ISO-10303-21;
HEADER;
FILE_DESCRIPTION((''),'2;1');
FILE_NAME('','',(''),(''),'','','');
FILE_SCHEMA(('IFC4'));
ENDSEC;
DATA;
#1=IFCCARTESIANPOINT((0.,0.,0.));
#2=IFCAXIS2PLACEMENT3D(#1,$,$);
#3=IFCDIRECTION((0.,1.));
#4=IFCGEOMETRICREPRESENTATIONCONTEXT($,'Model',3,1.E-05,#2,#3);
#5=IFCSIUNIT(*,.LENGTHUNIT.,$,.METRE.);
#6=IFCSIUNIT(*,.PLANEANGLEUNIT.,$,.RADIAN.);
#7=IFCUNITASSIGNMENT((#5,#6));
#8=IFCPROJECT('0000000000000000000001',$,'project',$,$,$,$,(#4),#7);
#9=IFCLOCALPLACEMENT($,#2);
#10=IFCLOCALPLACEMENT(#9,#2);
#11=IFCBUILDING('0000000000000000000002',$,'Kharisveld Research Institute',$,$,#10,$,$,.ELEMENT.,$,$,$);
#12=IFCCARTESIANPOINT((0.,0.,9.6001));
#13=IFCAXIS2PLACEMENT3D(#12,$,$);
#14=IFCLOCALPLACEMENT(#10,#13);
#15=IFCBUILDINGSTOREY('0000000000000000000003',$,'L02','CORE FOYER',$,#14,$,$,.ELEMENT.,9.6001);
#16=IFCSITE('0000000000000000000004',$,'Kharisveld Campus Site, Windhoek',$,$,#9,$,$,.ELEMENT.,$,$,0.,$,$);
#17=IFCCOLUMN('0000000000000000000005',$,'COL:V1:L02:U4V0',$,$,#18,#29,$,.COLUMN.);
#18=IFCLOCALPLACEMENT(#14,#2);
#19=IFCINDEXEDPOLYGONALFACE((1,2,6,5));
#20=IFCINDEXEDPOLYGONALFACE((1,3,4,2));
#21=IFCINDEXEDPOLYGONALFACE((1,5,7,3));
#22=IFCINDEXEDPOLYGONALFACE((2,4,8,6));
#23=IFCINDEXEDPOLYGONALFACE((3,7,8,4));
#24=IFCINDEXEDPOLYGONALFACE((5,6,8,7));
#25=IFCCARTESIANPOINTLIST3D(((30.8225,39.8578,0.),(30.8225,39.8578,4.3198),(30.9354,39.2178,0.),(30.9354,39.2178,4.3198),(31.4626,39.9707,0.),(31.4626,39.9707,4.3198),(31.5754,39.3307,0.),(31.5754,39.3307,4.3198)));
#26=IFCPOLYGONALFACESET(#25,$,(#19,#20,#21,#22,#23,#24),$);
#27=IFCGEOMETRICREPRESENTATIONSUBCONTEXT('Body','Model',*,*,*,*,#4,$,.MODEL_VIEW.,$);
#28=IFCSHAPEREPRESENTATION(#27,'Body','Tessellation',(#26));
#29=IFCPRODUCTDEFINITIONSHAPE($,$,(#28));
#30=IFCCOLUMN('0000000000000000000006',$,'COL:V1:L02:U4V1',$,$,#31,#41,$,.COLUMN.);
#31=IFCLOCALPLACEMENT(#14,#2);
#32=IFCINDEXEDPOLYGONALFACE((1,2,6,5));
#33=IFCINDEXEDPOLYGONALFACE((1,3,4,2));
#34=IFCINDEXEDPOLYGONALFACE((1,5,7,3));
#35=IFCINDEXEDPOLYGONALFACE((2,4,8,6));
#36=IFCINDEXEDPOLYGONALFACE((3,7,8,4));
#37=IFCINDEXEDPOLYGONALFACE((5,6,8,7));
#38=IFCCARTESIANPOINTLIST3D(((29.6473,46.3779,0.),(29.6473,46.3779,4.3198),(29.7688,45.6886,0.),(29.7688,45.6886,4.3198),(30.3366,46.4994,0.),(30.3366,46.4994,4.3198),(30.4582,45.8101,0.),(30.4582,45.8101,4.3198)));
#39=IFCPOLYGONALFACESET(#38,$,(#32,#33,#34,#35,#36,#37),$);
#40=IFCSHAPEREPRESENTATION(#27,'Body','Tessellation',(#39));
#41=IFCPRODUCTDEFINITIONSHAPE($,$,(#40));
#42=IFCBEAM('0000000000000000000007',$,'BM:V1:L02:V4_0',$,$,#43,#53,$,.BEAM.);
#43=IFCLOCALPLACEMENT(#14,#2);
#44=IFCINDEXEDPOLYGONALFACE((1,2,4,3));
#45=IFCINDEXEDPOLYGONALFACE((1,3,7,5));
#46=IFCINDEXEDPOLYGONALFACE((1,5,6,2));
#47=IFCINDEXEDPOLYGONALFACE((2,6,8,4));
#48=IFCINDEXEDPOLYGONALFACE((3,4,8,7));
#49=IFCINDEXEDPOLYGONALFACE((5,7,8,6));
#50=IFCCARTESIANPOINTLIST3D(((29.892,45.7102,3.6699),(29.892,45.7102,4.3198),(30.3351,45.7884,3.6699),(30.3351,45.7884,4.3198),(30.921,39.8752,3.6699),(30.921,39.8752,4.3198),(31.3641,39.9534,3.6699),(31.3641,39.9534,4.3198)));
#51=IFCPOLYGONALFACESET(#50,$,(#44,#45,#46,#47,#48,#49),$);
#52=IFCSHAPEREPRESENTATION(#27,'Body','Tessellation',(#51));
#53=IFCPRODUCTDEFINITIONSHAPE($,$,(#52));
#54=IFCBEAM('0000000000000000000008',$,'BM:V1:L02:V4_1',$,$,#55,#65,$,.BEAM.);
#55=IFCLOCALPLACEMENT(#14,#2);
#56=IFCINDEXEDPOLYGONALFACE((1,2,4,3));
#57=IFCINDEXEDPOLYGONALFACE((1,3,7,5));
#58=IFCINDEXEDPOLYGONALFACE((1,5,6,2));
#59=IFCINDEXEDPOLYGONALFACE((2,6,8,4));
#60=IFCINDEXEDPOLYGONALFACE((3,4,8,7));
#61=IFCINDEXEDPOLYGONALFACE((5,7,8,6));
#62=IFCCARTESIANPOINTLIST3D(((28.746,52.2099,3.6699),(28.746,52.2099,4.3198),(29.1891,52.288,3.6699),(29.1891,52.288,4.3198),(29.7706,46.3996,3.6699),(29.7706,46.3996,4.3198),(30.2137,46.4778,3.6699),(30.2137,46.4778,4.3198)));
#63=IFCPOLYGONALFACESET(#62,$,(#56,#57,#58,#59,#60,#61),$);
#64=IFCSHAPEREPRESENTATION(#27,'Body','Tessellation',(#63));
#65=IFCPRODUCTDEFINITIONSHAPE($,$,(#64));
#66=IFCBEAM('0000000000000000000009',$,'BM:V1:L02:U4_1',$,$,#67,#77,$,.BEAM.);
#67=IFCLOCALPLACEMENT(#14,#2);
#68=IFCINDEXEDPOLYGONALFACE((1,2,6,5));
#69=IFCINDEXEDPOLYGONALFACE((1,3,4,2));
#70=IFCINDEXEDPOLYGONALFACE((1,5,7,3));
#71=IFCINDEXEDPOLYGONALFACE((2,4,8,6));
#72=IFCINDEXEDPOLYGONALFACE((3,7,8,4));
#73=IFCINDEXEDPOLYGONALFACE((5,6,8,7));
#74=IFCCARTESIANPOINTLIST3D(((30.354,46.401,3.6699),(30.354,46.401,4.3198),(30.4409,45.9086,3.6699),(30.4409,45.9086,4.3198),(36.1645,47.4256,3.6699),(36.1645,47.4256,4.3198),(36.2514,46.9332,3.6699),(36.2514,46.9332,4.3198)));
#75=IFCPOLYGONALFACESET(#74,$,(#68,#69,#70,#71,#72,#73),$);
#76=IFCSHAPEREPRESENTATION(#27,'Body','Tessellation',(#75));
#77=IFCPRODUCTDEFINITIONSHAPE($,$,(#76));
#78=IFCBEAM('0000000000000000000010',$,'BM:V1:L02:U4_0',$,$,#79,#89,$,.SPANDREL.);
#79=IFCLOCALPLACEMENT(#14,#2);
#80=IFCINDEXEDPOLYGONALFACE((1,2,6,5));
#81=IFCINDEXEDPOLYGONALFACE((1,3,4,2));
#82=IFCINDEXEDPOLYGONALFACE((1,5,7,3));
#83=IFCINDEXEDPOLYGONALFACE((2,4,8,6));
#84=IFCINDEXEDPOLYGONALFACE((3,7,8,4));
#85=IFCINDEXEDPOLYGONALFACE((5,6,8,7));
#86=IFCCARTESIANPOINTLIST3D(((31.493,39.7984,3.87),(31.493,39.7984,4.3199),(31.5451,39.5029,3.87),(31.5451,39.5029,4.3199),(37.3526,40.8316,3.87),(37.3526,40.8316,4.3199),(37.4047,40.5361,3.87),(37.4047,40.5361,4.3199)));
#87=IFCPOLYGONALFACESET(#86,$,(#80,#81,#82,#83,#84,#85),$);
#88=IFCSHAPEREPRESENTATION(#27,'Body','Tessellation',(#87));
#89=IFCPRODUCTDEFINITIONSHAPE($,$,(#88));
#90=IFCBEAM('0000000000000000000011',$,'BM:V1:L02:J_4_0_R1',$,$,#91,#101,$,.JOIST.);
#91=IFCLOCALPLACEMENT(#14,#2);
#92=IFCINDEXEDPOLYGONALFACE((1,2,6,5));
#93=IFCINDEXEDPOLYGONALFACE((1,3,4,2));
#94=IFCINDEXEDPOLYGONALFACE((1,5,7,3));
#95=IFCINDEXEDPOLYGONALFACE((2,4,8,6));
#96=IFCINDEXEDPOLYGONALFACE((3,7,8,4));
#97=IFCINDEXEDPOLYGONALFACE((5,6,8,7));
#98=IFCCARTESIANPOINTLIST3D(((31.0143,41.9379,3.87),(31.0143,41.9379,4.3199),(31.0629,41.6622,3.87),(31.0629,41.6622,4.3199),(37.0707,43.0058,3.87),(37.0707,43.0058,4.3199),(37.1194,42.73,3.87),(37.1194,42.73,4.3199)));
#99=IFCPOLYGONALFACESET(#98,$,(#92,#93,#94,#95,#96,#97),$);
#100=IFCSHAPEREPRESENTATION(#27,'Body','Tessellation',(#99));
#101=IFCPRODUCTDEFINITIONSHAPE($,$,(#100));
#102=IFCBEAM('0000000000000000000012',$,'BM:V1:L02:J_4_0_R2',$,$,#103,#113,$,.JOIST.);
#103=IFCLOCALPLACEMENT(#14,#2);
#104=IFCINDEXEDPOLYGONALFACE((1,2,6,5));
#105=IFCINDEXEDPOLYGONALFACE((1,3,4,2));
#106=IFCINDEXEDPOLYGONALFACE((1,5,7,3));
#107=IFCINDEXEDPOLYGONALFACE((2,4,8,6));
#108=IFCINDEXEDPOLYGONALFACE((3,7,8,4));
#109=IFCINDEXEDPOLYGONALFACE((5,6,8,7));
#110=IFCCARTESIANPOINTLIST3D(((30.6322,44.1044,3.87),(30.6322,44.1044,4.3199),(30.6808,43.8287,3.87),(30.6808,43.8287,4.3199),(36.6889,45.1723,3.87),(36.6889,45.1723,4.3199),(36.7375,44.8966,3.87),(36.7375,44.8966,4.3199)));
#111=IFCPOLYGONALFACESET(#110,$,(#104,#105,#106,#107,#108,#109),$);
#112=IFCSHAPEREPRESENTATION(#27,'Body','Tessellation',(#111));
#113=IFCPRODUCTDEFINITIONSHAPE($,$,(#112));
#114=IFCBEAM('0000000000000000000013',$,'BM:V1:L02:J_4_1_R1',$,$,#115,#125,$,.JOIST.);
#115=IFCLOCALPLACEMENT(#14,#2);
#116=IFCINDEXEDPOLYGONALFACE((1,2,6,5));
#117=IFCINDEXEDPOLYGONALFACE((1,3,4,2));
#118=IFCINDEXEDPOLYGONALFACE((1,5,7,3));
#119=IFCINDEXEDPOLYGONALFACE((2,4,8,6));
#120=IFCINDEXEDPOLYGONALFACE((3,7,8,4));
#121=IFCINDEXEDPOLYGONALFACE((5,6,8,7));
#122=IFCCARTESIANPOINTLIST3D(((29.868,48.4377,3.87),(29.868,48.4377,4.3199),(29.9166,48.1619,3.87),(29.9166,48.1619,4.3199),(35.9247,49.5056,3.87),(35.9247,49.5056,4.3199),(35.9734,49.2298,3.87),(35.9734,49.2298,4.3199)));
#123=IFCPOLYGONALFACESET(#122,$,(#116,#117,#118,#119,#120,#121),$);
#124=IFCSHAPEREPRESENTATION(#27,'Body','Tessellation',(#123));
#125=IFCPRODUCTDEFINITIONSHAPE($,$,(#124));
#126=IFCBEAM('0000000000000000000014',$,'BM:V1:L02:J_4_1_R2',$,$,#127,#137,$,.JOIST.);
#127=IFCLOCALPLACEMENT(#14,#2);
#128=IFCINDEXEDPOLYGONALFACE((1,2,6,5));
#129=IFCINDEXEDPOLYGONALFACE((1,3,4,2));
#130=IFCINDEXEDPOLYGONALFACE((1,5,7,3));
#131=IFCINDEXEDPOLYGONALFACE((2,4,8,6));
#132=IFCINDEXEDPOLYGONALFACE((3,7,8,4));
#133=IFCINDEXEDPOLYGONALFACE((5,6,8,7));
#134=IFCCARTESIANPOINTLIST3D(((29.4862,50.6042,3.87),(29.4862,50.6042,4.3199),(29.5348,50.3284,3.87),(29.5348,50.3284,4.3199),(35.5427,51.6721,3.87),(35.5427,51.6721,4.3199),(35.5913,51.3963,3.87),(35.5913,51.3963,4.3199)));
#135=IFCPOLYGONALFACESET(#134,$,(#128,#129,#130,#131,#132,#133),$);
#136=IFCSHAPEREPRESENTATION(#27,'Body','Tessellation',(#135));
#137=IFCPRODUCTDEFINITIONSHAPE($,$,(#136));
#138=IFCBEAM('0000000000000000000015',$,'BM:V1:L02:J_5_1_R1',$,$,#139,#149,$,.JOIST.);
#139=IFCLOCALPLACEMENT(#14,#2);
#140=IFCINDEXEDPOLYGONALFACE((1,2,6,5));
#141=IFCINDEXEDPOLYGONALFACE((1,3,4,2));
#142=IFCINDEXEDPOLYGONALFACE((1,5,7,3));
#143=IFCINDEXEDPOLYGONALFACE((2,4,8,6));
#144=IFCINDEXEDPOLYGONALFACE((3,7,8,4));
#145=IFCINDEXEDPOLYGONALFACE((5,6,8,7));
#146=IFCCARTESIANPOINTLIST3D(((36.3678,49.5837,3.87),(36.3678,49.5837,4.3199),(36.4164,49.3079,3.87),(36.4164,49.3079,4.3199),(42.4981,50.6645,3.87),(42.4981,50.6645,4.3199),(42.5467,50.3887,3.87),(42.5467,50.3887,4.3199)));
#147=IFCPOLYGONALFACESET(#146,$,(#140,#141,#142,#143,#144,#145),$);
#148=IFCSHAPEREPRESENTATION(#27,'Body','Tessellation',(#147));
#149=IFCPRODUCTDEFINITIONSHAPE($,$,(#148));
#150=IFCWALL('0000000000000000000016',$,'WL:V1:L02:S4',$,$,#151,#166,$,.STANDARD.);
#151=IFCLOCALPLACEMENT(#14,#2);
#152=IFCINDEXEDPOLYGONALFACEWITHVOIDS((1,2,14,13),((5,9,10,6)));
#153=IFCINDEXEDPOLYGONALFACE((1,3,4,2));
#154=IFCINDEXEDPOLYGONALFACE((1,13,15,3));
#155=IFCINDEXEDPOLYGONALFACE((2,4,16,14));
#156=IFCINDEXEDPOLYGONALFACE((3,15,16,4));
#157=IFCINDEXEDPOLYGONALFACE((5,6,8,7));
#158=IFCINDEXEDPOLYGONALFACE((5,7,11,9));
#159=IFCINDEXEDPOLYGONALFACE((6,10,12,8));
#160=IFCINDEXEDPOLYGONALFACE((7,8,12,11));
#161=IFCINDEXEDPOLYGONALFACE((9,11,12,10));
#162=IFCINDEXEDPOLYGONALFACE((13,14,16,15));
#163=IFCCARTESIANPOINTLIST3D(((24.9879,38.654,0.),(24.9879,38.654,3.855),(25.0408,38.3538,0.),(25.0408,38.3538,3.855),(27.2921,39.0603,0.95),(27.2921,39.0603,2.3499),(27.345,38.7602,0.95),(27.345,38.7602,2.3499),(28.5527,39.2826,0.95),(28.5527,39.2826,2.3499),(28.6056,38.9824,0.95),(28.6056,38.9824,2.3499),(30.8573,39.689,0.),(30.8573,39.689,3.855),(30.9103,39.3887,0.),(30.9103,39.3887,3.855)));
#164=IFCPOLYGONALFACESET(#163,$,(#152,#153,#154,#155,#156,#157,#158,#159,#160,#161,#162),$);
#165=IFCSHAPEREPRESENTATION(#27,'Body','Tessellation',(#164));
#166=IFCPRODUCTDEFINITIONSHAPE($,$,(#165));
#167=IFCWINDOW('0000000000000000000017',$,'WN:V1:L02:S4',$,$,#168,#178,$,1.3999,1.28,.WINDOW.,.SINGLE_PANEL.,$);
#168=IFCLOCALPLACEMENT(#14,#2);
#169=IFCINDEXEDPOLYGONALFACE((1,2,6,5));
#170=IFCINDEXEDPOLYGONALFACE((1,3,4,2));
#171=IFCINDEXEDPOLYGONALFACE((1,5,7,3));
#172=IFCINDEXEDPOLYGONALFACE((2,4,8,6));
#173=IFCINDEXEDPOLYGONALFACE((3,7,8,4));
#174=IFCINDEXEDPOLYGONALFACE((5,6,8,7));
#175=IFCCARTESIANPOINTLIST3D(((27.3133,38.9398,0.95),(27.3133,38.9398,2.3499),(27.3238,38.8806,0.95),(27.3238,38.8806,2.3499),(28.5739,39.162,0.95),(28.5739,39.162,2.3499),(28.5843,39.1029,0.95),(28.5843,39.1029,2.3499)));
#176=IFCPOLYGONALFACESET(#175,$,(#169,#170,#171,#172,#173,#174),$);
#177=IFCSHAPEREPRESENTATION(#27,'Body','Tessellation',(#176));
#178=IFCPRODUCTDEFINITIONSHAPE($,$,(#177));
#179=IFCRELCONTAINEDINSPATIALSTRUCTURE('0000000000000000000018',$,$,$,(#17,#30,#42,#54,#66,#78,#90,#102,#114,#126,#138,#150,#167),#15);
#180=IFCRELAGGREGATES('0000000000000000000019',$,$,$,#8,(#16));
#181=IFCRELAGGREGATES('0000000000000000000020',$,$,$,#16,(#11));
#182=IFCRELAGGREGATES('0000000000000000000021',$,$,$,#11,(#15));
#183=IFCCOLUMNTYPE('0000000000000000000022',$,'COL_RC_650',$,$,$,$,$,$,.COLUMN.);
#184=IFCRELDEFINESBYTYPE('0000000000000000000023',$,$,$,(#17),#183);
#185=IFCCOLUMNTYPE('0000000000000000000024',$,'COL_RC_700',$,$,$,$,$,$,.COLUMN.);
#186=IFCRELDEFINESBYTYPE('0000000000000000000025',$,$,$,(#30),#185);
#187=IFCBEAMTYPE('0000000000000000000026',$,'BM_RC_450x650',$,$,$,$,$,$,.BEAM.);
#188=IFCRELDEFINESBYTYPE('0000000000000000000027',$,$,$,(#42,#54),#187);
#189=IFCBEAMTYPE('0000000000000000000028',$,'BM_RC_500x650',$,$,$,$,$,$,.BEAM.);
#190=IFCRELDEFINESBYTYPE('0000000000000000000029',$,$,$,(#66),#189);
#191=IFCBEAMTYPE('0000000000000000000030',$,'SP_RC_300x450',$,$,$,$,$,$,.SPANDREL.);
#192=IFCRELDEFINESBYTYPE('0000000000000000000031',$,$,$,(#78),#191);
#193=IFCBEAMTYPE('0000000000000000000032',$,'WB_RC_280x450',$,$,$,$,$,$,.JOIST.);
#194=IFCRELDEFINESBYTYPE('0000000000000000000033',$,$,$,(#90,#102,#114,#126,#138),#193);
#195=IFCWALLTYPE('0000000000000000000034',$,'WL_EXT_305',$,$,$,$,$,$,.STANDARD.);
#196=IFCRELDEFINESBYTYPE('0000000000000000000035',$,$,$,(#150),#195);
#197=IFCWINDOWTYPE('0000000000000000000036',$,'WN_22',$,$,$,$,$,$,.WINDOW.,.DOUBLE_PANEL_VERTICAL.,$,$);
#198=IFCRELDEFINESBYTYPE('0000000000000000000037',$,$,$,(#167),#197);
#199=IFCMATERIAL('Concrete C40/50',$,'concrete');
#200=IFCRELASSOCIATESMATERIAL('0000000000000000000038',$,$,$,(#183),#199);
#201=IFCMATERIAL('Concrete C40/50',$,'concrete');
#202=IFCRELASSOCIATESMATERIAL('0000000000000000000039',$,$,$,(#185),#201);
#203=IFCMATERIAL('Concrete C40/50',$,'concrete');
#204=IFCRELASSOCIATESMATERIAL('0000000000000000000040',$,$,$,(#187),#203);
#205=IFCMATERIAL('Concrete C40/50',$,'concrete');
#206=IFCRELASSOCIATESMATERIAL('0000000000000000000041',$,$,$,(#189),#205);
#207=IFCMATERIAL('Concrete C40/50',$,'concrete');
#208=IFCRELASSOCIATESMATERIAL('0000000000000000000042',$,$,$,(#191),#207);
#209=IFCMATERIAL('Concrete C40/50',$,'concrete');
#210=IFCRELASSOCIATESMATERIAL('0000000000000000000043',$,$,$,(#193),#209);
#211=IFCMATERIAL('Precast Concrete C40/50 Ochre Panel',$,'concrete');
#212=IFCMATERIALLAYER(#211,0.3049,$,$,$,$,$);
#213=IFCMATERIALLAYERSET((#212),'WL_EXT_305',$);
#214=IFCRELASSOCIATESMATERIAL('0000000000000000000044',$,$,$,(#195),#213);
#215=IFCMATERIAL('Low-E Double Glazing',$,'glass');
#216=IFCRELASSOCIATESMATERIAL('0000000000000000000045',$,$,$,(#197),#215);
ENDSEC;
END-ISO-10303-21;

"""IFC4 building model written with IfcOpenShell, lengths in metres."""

from ifc_helpers import new_model, si_unit, direction, frame, frame_2d, origin, origin_2d, place, context, subcontext, project, spatial, rectangle, extrude, material, layer, layer_set, material_profile, profile_set, type_object, element, fill, save


model = new_model("IFC4")

# Units and contexts
model_context = context("Model", 3, precision=1e-05, world=origin(), true_north=direction((0.0, 1.0)))
body_context = subcontext(model_context, "Body", "Model", "MODEL_VIEW")
ifc_project = project(units=[si_unit("LENGTHUNIT", "METRE"), si_unit("PLANEANGLEUNIT", "RADIAN")], contexts=[model_context])

# Site, building, storey
site_placement = place(None, origin())
site = spatial("IfcSite", under=ifc_project, at=site_placement, Name="Kharisveld Campus Site, Windhoek", CompositionType="ELEMENT", RefElevation=0.0)
building_placement = place(site_placement, origin())
building = spatial("IfcBuilding", under=site, at=building_placement, Name="Kharisveld Research Institute", CompositionType="ELEMENT")
storey_placement = place(building_placement, frame((0.0, 0.0, 9.6001)))
storey = spatial("IfcBuildingStorey", under=building, at=storey_placement, Name="L02", Description="CORE FOYER", CompositionType="ELEMENT", Elevation=9.6001)

# Columns
ifc_material_1 = material(Name="Concrete C40/50", Category="concrete")
ifc_material_profile_1 = material_profile(ifc_material_1, rectangle(XDim=0.6499, YDim=0.6499, at=origin_2d()))
ifc_profile_set_1 = profile_set([ifc_material_profile_1], Name="Concrete C40/50")
column_type_1 = type_object("IfcColumnType", Name="COL_RC_650", PredefinedType="COLUMN", material=ifc_profile_set_1)
column_1_placement = place(storey_placement, frame((31.199, 39.5942, 0.0), z_axis=(0.0, 0.0, 1.0), x_axis=(0.984808, 0.173648, 0.0)))
element("IfcColumn", 1, at=column_1_placement, inside=storey, type_object=column_type_1, Name="COL:V1:L02:U4V0", PredefinedType="COLUMN", context=body_context, shape_type="SweptSolid", body=[
    extrude(rectangle(XDim=0.6499, YDim=0.6499, at=origin_2d()), origin(), (0.0, 0.0, 1.0), 4.3198),
])
ifc_material_2 = material(Name="Concrete C40/50", Category="concrete")
ifc_material_profile_2 = material_profile(ifc_material_2, rectangle(XDim=0.7, YDim=0.7, at=origin_2d()))
ifc_profile_set_2 = profile_set([ifc_material_profile_2], Name="Concrete C40/50")
column_type_2 = type_object("IfcColumnType", Name="COL_RC_700", PredefinedType="COLUMN", material=ifc_profile_set_2)
column_2_placement = place(storey_placement, frame((30.0527, 46.094, 0.0), z_axis=(0.0, 0.0, 1.0), x_axis=(0.984808, 0.173648, 0.0)))
element("IfcColumn", 2, at=column_2_placement, inside=storey, type_object=column_type_2, Name="COL:V1:L02:U4V1", PredefinedType="COLUMN", context=body_context, shape_type="SweptSolid", body=[
    extrude(rectangle(XDim=0.7, YDim=0.7, at=origin_2d()), origin(), (0.0, 0.0, 1.0), 4.3198),
])

# Beams
ifc_material_3 = material(Name="Concrete C40/50", Category="concrete")
ifc_material_profile_3 = material_profile(ifc_material_3, rectangle(XDim=0.45, YDim=0.6499, at=origin_2d()))
ifc_profile_set_3 = profile_set([ifc_material_profile_3], Name="Concrete C40/50")
beam_type_1 = type_object("IfcBeamType", Name="BM_RC_450x650", PredefinedType="BEAM", material=ifc_profile_set_3)
beam_1_placement = place(storey_placement, frame((31.1426, 39.9143, 3.9949), z_axis=(-0.17368, 0.984802, 0.0), x_axis=(-0.984802, -0.17368, 0.0)))
element("IfcBeam", 3, at=beam_1_placement, inside=storey, type_object=beam_type_1, Name="BM:V1:L02:V4_0", PredefinedType="BEAM", context=body_context, shape_type="SweptSolid", body=[
    extrude(rectangle(XDim=0.45, YDim=0.6499, at=origin_2d()), origin(), (0.0, 0.0, 1.0), 5.925),
])
beam_2_placement = place(storey_placement, frame((29.9922, 46.4387, 3.9949), z_axis=(-0.173672, 0.984804, 0.0), x_axis=(-0.984804, -0.173672, 0.0)))
element("IfcBeam", 4, at=beam_2_placement, inside=storey, type_object=beam_type_1, Name="BM:V1:L02:V4_1", PredefinedType="BEAM", context=body_context, shape_type="SweptSolid", body=[
    extrude(rectangle(XDim=0.45, YDim=0.6499, at=origin_2d()), origin(), (0.0, 0.0, 1.0), 5.8999),
])
ifc_material_4 = material(Name="Concrete C40/50", Category="concrete")
ifc_material_profile_4 = material_profile(ifc_material_4, rectangle(XDim=0.5, YDim=0.6499, at=origin_2d()))
ifc_profile_set_4 = profile_set([ifc_material_profile_4], Name="Concrete C40/50")
beam_type_2 = type_object("IfcBeamType", Name="BM_RC_500x650", PredefinedType="BEAM", material=ifc_profile_set_4)
beam_3_placement = place(storey_placement, frame((30.3975, 46.1548, 3.9949), z_axis=(0.984805, 0.173665, 0.0), x_axis=(-0.173665, 0.984805, 0.0)))
element("IfcBeam", 5, at=beam_3_placement, inside=storey, type_object=beam_type_2, Name="BM:V1:L02:U4_1", PredefinedType="BEAM", context=body_context, shape_type="SweptSolid", body=[
    extrude(rectangle(XDim=0.5, YDim=0.6499, at=origin_2d()), origin(), (0.0, 0.0, 1.0), 5.9001),
])
ifc_material_5 = material(Name="Concrete C40/50", Category="concrete")
ifc_material_profile_5 = material_profile(ifc_material_5, rectangle(XDim=0.3, YDim=0.45, at=origin_2d()))
ifc_profile_set_5 = profile_set([ifc_material_profile_5], Name="Concrete C40/50")
beam_type_3 = type_object("IfcBeamType", Name="SP_RC_300x450", PredefinedType="SPANDREL", material=ifc_profile_set_5)
beam_4_placement = place(storey_placement, frame((31.519, 39.6506, 4.095), z_axis=(0.984808, 0.173647, 0.0), x_axis=(-0.173647, 0.984808, 0.0)))
element("IfcBeam", 6, at=beam_4_placement, inside=storey, type_object=beam_type_3, Name="BM:V1:L02:U4_0", PredefinedType="SPANDREL", context=body_context, shape_type="SweptSolid", body=[
    extrude(rectangle(XDim=0.3, YDim=0.45, at=origin_2d()), origin(), (0.0, 0.0, 1.0), 5.95),
])
ifc_material_6 = material(Name="Concrete C40/50", Category="concrete")
ifc_material_profile_6 = material_profile(ifc_material_6, rectangle(XDim=0.28, YDim=0.45, at=origin_2d()))
ifc_profile_set_6 = profile_set([ifc_material_profile_6], Name="Concrete C40/50")
beam_type_4 = type_object("IfcBeamType", Name="WB_RC_280x450", PredefinedType="JOIST", material=ifc_profile_set_6)
beam_5_placement = place(storey_placement, frame((31.0386, 41.8, 4.095), z_axis=(0.984809, 0.173643, 0.0), x_axis=(-0.173643, 0.984809, 0.0)))
element("IfcBeam", 7, at=beam_5_placement, inside=storey, type_object=beam_type_4, Name="BM:V1:L02:J_4_0_R1", PredefinedType="JOIST", context=body_context, shape_type="SweptSolid", body=[
    extrude(rectangle(XDim=0.28, YDim=0.45, at=origin_2d()), origin(), (0.0, 0.0, 1.0), 6.1499),
])
for number, where, z_axis, x_axis, name in (
    (8, (30.6565, 43.9666, 4.095), (0.98481, 0.173636, 0.0), (-0.173636, 0.98481, 0.0), "BM:V1:L02:J_4_0_R2"),
    (9, (29.8923, 48.2998, 4.095), (0.98481, 0.173636, 0.0), (-0.173636, 0.98481, 0.0), "BM:V1:L02:J_4_1_R1"),
):
    element("IfcBeam", number, at=place(storey_placement, frame(where, z_axis=z_axis, x_axis=x_axis)), inside=storey, type_object=beam_type_4, Name=name, PredefinedType="JOIST", context=body_context, shape_type="SweptSolid", body=[
        extrude(rectangle(XDim=0.28, YDim=0.45, at=origin_2d()), origin(), (0.0, 0.0, 1.0), 6.1501),
    ])
beam_6_placement = place(storey_placement, frame((29.5105, 50.4663, 4.095), z_axis=(0.984809, 0.173643, 0.0), x_axis=(-0.173643, 0.984809, 0.0)))
element("IfcBeam", 10, at=beam_6_placement, inside=storey, type_object=beam_type_4, Name="BM:V1:L02:J_4_1_R2", PredefinedType="JOIST", context=body_context, shape_type="SweptSolid", body=[
    extrude(rectangle(XDim=0.28, YDim=0.45, at=origin_2d()), origin(), (0.0, 0.0, 1.0), 6.1499),
])
beam_7_placement = place(storey_placement, frame((36.3921, 49.4458, 4.095), z_axis=(0.984812, 0.173626, 0.0), x_axis=(-0.173626, 0.984812, 0.0)))
element("IfcBeam", 11, at=beam_7_placement, inside=storey, type_object=beam_type_4, Name="BM:V1:L02:J_5_1_R1", PredefinedType="JOIST", context=body_context, shape_type="SweptSolid", body=[
    extrude(rectangle(XDim=0.28, YDim=0.45, at=origin_2d()), origin(), (0.0, 0.0, 1.0), 6.2249),
])

# Wall, opening, window
ifc_material_7 = material(Name="Precast Concrete C40/50 Ochre Panel", Category="concrete")
ifc_layer_1 = layer(ifc_material_7, 0.3049)
ifc_layer_set_1 = layer_set([ifc_layer_1], Name="WL_EXT_305")
wall_type_1 = type_object("IfcWallType", Name="WL_EXT_305", PredefinedType="STANDARD", material=ifc_layer_set_1)
wall_1_placement = place(storey_placement, frame((30.8838, 39.5388, 0.0), z_axis=(0.0, 0.0, 1.0), x_axis=(-0.984808, -0.173645, 0.0)))
wall_1 = element("IfcWall", 12, at=wall_1_placement, inside=storey, type_object=wall_type_1, Name="WL:V1:L02:S4", PredefinedType="STANDARD", context=body_context, shape_type="SweptSolid", body=[
    extrude(rectangle(XDim=5.96, YDim=0.3049, at=frame_2d((2.98, 0.0))), origin(), (0.0, 0.0, 1.0), 3.855),
])
opening_1_placement = place(wall_1_placement, frame((2.3401, 0.0, 0.95)))
opening_1 = element("IfcOpeningElement", 13, at=opening_1_placement, cuts=wall_1, PredefinedType="OPENING", context=body_context, shape_type="SweptSolid", body=[
    extrude(rectangle(XDim=1.28, YDim=1.3999, at=frame_2d((0.6401, 0.7))), frame((0.0, 0.1523, 0.0), z_axis=(0.0, -1.0, 0.0), x_axis=(1.0, 0.0, 0.0)), (0.0, 0.0, 1.0), 0.3049),
])
ifc_material_8 = material(Name="Low-E Double Glazing", Category="glass")
window_type = type_object("IfcWindowType", Name="WN_22", PartitioningType="DOUBLE_PANEL_VERTICAL", PredefinedType="WINDOW", material=ifc_material_8)
window_placement = place(opening_1_placement, origin())
window = element("IfcWindow", 14, at=window_placement, inside=storey, type_object=window_type, Name="WN:V1:L02:S4", OverallHeight=1.3999, OverallWidth=1.28, PartitioningType="SINGLE_PANEL", PredefinedType="WINDOW", context=body_context, shape_type="SweptSolid", body=[
    extrude(rectangle(XDim=1.28, YDim=1.3999, at=frame_2d((0.6401, 0.7))), frame((0.0, 0.03, 0.0), z_axis=(0.0, -1.0, 0.0), x_axis=(1.0, 0.0, 0.0)), (0.0, 0.0, 1.0), 0.0601),
])
fill(opening_1, window)

save(model, "model.ifc")
